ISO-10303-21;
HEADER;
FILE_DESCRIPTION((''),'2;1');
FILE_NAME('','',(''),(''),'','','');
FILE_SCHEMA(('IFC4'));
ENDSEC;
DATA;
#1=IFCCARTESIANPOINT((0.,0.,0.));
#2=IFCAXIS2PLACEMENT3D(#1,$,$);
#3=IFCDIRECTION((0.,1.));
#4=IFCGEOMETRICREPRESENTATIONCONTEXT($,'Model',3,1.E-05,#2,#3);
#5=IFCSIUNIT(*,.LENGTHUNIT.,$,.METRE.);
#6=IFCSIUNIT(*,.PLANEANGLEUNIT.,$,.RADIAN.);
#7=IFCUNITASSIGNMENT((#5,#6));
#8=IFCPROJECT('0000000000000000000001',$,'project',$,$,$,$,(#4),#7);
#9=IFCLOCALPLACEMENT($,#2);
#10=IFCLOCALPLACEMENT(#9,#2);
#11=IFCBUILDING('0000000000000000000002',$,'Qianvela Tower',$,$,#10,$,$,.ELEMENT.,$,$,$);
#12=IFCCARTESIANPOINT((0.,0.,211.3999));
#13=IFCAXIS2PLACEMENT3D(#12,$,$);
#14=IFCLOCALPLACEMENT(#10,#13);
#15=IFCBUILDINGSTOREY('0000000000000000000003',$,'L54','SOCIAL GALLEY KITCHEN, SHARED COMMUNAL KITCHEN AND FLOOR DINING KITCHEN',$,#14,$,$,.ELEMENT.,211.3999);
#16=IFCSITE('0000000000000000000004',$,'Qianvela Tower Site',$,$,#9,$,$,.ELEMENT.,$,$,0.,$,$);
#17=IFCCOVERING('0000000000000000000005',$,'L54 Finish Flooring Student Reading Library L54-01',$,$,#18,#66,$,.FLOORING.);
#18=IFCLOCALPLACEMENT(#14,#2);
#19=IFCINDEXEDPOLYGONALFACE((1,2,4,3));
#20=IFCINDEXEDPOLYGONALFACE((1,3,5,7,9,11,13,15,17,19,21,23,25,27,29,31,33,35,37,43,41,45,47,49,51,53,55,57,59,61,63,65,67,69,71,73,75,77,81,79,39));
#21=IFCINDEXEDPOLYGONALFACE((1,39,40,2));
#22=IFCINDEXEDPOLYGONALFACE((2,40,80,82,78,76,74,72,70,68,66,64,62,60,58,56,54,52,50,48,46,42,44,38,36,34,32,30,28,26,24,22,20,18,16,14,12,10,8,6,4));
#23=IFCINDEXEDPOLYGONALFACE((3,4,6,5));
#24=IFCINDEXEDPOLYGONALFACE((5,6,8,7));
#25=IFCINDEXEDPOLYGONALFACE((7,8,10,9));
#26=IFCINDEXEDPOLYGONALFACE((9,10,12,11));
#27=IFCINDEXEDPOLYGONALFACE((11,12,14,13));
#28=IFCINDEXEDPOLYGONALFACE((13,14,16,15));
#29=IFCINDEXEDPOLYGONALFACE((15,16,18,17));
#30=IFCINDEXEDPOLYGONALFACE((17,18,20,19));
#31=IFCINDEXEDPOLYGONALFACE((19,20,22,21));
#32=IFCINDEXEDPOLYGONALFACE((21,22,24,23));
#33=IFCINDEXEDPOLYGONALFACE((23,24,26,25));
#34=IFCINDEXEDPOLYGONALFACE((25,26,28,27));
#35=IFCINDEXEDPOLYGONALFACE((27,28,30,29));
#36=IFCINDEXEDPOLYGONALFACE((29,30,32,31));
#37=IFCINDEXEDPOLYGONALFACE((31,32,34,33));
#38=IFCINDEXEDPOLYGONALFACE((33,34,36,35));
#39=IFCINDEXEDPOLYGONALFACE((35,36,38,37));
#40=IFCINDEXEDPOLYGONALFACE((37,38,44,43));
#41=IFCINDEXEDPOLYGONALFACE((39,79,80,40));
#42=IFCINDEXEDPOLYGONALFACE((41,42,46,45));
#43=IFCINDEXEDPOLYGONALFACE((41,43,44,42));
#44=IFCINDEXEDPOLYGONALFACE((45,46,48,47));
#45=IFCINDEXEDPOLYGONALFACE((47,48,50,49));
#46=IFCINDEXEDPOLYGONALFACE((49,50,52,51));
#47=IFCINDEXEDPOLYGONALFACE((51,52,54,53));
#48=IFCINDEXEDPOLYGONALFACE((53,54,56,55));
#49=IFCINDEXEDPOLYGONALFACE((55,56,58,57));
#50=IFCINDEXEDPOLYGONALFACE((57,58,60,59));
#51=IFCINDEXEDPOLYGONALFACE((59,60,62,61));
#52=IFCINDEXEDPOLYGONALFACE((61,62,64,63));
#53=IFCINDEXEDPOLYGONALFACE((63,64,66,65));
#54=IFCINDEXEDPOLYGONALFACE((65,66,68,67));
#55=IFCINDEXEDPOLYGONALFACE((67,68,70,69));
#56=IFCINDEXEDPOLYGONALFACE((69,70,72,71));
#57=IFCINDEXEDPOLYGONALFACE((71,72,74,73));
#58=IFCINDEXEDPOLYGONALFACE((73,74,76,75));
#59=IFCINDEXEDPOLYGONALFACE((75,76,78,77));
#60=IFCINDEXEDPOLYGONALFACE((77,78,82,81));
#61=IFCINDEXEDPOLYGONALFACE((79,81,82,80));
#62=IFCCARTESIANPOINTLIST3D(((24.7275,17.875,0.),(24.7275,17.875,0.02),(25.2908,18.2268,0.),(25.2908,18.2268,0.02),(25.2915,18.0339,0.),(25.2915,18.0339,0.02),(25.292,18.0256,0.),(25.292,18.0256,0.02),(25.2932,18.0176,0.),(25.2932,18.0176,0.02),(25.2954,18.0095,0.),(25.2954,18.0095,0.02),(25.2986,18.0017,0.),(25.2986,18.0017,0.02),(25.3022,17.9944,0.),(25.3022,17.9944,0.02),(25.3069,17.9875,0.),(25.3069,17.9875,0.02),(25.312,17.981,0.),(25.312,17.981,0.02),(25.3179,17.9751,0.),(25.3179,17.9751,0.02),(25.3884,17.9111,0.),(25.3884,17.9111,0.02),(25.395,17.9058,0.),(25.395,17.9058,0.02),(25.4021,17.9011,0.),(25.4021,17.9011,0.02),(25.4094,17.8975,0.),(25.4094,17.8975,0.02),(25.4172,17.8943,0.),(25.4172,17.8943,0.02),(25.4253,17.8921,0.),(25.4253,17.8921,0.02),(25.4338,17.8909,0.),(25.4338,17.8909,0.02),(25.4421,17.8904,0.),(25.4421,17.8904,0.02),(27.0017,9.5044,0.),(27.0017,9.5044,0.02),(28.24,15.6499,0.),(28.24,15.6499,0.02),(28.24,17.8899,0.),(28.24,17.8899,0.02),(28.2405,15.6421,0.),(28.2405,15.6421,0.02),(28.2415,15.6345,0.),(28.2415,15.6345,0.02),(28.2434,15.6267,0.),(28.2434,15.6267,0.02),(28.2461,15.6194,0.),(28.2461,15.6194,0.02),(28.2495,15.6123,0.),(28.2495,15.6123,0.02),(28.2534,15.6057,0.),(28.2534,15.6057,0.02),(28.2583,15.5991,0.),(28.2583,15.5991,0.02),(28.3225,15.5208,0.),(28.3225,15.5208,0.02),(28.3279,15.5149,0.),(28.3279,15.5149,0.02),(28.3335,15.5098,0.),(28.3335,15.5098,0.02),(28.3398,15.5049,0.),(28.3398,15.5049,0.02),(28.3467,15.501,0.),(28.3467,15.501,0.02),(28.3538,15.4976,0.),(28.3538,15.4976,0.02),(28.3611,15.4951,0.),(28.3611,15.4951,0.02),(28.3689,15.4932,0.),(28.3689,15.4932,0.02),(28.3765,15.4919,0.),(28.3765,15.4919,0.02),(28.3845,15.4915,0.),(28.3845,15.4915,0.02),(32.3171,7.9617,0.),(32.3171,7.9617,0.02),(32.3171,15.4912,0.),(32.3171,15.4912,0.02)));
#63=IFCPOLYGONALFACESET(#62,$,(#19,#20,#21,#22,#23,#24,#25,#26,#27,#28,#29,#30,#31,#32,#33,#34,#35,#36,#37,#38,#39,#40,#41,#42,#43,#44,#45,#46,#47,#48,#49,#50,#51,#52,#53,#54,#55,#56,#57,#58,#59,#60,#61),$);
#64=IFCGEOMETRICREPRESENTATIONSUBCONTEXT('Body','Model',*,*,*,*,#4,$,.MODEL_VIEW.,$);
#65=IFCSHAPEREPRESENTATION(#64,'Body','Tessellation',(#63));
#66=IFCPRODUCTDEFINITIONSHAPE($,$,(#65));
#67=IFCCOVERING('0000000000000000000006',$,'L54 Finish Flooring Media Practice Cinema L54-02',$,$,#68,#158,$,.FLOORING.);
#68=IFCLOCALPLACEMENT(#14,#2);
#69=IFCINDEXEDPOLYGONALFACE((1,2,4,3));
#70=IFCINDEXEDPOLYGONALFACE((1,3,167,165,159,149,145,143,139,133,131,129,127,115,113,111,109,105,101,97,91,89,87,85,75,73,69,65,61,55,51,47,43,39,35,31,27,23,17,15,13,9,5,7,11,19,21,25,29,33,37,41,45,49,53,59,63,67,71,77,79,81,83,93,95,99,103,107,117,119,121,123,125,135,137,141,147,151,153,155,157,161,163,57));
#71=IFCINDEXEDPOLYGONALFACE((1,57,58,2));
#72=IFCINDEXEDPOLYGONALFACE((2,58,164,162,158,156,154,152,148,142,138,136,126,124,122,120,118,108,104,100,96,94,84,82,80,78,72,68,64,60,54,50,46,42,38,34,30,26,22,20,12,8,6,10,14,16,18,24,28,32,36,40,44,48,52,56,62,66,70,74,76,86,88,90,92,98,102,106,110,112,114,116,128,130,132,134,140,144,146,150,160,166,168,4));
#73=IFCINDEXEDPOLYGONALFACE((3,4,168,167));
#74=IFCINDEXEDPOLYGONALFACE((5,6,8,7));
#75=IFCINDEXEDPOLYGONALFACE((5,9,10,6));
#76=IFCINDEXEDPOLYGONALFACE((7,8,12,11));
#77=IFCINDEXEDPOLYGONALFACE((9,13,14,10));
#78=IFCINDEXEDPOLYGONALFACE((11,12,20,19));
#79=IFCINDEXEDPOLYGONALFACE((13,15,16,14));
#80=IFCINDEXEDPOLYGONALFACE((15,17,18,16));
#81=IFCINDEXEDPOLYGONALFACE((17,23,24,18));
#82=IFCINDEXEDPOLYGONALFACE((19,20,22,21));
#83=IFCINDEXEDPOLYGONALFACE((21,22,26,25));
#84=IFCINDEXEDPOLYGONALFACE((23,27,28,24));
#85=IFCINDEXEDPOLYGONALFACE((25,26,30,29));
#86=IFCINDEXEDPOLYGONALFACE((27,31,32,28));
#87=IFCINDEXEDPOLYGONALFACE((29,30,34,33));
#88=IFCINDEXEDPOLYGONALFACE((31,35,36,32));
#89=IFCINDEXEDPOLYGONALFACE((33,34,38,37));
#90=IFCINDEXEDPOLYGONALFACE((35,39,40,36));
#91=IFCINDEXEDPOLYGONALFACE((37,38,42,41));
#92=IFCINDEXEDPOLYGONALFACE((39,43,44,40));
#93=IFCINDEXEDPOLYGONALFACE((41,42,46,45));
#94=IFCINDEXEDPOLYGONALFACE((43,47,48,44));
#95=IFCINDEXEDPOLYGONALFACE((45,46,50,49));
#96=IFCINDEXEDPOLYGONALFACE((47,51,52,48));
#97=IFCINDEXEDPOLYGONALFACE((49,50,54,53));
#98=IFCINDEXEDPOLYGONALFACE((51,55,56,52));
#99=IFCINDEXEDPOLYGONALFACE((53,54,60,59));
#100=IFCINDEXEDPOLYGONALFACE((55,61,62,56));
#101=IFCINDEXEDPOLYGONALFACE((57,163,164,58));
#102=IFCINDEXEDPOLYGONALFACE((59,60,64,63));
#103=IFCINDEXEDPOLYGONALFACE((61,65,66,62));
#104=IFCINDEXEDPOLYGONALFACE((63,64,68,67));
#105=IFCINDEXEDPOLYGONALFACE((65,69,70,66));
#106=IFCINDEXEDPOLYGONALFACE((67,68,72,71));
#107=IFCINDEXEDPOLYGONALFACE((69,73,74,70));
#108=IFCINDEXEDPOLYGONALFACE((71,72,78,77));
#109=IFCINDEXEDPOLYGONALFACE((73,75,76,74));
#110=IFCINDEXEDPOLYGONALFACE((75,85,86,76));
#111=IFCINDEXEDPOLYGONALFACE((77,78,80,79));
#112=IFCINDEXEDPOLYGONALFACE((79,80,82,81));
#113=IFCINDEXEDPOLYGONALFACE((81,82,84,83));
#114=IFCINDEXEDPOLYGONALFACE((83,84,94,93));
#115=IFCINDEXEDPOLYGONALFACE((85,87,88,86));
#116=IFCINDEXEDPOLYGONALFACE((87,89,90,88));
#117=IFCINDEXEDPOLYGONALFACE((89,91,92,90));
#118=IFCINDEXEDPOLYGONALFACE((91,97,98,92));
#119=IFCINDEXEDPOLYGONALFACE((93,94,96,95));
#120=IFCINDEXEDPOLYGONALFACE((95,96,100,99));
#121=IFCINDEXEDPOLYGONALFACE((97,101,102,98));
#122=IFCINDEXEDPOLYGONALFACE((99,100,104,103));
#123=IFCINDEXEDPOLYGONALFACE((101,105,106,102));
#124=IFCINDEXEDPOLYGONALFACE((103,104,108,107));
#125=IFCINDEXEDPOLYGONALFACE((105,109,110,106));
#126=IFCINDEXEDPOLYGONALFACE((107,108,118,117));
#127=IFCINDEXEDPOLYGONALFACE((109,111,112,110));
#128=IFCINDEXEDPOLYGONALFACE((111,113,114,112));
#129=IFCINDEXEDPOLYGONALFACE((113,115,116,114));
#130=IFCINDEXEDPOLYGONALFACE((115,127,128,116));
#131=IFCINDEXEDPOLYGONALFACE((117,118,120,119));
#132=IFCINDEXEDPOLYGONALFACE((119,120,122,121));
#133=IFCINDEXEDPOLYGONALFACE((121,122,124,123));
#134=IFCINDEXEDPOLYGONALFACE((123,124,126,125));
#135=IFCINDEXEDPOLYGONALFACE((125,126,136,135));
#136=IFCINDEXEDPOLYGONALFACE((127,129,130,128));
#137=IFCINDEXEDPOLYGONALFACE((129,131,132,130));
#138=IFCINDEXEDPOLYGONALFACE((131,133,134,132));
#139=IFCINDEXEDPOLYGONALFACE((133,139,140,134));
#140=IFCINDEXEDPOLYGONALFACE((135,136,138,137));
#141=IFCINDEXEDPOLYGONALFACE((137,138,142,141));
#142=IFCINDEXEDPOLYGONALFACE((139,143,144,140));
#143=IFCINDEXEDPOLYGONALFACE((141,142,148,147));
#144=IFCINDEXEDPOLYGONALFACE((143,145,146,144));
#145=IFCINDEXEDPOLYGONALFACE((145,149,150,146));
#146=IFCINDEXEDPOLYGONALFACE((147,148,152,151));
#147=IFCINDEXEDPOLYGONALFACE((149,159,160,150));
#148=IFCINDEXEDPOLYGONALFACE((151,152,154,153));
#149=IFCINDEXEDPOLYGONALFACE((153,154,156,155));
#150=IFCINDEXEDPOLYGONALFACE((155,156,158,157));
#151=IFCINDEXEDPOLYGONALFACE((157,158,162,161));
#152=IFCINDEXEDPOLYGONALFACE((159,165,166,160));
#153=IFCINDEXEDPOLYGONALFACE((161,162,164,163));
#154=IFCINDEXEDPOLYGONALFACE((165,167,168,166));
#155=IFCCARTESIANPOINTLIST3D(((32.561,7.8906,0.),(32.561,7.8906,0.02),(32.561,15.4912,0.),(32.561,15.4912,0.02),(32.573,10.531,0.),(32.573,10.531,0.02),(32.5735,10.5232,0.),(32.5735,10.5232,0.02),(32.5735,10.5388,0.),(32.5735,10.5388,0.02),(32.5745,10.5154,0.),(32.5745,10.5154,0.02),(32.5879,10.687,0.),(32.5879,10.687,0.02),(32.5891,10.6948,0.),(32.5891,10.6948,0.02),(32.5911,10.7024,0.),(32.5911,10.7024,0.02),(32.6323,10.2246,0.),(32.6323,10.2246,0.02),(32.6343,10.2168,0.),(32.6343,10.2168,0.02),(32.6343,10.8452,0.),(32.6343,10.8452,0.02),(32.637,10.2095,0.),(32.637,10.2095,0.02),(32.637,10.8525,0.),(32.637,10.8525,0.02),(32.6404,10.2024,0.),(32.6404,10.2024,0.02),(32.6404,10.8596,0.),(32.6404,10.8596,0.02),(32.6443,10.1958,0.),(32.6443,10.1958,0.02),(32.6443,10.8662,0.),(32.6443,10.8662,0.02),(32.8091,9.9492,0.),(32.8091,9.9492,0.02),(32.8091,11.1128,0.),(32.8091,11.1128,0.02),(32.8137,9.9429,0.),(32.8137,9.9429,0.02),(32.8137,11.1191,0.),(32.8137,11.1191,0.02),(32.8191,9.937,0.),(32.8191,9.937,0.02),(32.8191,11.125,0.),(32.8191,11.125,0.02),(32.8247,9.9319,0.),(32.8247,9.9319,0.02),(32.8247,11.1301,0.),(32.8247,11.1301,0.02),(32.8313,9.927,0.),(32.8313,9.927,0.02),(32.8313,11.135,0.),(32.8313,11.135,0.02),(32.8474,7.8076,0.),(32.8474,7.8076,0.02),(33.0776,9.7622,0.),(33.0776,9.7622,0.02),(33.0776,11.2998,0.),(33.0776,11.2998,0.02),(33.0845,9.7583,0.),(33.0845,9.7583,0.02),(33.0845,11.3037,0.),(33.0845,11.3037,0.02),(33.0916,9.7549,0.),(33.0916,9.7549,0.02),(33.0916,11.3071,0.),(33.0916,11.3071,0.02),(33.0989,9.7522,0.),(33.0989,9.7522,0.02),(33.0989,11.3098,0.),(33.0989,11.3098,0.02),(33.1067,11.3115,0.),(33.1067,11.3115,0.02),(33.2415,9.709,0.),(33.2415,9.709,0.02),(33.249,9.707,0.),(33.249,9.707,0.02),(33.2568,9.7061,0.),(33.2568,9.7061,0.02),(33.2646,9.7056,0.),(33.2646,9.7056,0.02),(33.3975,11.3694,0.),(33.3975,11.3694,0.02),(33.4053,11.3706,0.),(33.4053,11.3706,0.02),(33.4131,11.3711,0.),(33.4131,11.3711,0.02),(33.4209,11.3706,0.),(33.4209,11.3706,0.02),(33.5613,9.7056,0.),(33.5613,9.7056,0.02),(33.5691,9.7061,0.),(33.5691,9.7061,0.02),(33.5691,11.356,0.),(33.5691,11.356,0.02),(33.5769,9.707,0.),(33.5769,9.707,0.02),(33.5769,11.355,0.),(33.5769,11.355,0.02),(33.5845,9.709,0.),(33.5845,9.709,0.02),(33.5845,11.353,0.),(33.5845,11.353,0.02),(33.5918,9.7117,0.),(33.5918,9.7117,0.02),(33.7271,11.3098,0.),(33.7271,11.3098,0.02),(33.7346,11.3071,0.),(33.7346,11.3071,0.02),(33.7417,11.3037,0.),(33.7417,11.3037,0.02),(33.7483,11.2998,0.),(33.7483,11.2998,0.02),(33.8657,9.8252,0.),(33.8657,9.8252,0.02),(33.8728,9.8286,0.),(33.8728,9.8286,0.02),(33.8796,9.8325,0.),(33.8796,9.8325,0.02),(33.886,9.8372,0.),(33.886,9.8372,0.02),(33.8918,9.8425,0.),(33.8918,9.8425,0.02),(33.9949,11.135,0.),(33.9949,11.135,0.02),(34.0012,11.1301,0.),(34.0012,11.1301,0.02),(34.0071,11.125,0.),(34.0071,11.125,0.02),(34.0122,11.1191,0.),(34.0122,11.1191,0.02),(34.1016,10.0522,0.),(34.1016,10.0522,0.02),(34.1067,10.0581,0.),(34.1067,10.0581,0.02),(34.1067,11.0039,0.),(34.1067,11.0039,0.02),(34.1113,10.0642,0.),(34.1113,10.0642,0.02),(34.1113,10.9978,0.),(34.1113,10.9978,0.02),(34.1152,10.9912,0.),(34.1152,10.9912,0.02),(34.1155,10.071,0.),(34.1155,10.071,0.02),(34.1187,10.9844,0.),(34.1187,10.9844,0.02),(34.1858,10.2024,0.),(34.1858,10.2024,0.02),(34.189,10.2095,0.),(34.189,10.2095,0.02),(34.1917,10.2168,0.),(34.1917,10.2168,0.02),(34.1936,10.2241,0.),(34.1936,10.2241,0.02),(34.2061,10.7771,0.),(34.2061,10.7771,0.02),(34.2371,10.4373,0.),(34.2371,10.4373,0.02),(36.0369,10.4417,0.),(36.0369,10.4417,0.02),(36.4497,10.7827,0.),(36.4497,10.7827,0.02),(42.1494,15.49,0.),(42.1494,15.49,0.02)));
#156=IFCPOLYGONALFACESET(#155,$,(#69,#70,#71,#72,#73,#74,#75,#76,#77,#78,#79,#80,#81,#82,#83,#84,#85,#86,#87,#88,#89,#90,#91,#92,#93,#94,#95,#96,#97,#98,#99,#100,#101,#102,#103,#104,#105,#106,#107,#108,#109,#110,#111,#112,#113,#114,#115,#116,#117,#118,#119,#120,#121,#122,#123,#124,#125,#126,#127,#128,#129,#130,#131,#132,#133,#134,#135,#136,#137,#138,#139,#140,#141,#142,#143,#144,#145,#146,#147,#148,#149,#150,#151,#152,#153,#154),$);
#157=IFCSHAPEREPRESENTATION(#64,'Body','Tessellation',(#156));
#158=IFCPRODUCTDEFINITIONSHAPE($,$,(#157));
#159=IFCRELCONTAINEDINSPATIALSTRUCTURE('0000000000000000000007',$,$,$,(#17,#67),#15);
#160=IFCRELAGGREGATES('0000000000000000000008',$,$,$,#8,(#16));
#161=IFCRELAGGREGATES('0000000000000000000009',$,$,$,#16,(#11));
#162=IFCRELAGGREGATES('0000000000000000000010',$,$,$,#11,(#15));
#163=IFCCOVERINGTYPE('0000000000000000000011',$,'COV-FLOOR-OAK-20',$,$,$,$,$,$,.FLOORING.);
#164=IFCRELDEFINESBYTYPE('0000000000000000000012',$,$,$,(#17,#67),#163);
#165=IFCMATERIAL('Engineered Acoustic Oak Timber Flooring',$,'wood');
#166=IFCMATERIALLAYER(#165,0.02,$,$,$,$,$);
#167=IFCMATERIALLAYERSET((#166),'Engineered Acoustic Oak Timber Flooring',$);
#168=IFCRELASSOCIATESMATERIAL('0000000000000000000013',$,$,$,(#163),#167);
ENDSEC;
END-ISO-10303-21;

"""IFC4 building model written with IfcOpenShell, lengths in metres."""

from ifc_helpers import new_model, si_unit, direction, frame, origin, place, context, subcontext, project, spatial, polyline, outline, extrude, material, layer, layer_set, type_object, element, save


model = new_model("IFC4")

# Units and contexts
model_context = context("Model", 3, precision=1e-05, world=origin(), true_north=direction((0.0, 1.0)))
body_context = subcontext(model_context, "Body", "Model", "MODEL_VIEW")
ifc_project = project(units=[si_unit("LENGTHUNIT", "METRE"), si_unit("PLANEANGLEUNIT", "RADIAN")], contexts=[model_context])

# Site, building, storey
site_placement = place(None, origin())
site = spatial("IfcSite", under=ifc_project, at=site_placement, Name="Qianvela Tower Site", CompositionType="ELEMENT", RefElevation=0.0)
building_placement = place(site_placement, origin())
building = spatial("IfcBuilding", under=site, at=building_placement, Name="Qianvela Tower", CompositionType="ELEMENT")
storey_placement = place(building_placement, frame((0.0, 0.0, 211.3999)))
storey = spatial("IfcBuildingStorey", under=building, at=storey_placement, Name="L54", Description="SOCIAL GALLEY KITCHEN, SHARED COMMUNAL KITCHEN AND FLOOR DINING KITCHEN", CompositionType="ELEMENT", Elevation=211.3999)

# Coverings
ifc_material_1 = material(Name="Engineered Acoustic Oak Timber Flooring", Category="wood")
ifc_layer_1 = layer(ifc_material_1, 0.02)
ifc_layer_set_1 = layer_set([ifc_layer_1], Name="Engineered Acoustic Oak Timber Flooring")
covering_type_1 = type_object("IfcCoveringType", Name="COV-FLOOR-OAK-20", PredefinedType="FLOORING", material=ifc_layer_set_1)
covering_1_placement = place(storey_placement, origin())
element("IfcCovering", 1, at=covering_1_placement, inside=storey, type_object=covering_type_1, Name="L54 Finish Flooring Student Reading Library L54-01", PredefinedType="FLOORING", context=body_context, shape_type="SweptSolid", body=[
    extrude(outline(polyline([(25.2908, 18.2268), (25.2915, 18.0339), (25.292, 18.0256), (25.2932, 18.0176), (25.2954, 18.0095), (25.2986, 18.0017), (25.3022, 17.9944), (25.3069, 17.9875), (25.312, 17.981), (25.3179, 17.9751), (25.3884, 17.9111), (25.395, 17.9058), (25.4021, 17.9011), (25.4094, 17.8975), (25.4172, 17.8943), (25.4253, 17.8921), (25.4338, 17.8909), (25.4421, 17.8904), (28.24, 17.8899), (28.24, 15.6499), (28.2405, 15.6421), (28.2415, 15.6345), (28.2434, 15.6267), (28.2461, 15.6194), (28.2495, 15.6123), (28.2534, 15.6057), (28.2583, 15.5991), (28.3225, 15.5208), (28.3279, 15.5149), (28.3335, 15.5098), (28.3398, 15.5049), (28.3467, 15.501), (28.3538, 15.4976), (28.3611, 15.4951), (28.3689, 15.4932), (28.3765, 15.4919), (28.3845, 15.4915), (32.3171, 15.4912), (32.3171, 7.9617), (27.0017, 9.5044), (24.7275, 17.875), (25.2908, 18.2268)])), origin(), (0.0, 0.0, 1.0), 0.02),
])
covering_2_placement = place(storey_placement, origin())
element("IfcCovering", 2, at=covering_2_placement, inside=storey, type_object=covering_type_1, Name="L54 Finish Flooring Media Practice Cinema L54-02", PredefinedType="FLOORING", context=body_context, shape_type="SweptSolid", body=[
    extrude(outline(polyline([(32.561, 15.4912), (42.1494, 15.49), (36.4497, 10.7827), (34.2061, 10.7771), (34.1187, 10.9844), (34.1152, 10.9912), (34.1113, 10.9978), (34.1067, 11.0039), (34.0122, 11.1191), (34.0071, 11.125), (34.0012, 11.1301), (33.9949, 11.135), (33.7483, 11.2998), (33.7417, 11.3037), (33.7346, 11.3071), (33.7271, 11.3098), (33.5845, 11.353), (33.5769, 11.355), (33.5691, 11.356), (33.4209, 11.3706), (33.4131, 11.3711), (33.4053, 11.3706), (33.3975, 11.3694), (33.1067, 11.3115), (33.0989, 11.3098), (33.0916, 11.3071), (33.0845, 11.3037), (33.0776, 11.2998), (32.8313, 11.135), (32.8247, 11.1301), (32.8191, 11.125), (32.8137, 11.1191), (32.8091, 11.1128), (32.6443, 10.8662), (32.6404, 10.8596), (32.637, 10.8525), (32.6343, 10.8452), (32.5911, 10.7024), (32.5891, 10.6948), (32.5879, 10.687), (32.5735, 10.5388), (32.573, 10.531), (32.5735, 10.5232), (32.5745, 10.5154), (32.6323, 10.2246), (32.6343, 10.2168), (32.637, 10.2095), (32.6404, 10.2024), (32.6443, 10.1958), (32.8091, 9.9492), (32.8137, 9.9429), (32.8191, 9.937), (32.8247, 9.9319), (32.8313, 9.927), (33.0776, 9.7622), (33.0845, 9.7583), (33.0916, 9.7549), (33.0989, 9.7522), (33.2415, 9.709), (33.249, 9.707), (33.2568, 9.7061), (33.2646, 9.7056), (33.5613, 9.7056), (33.5691, 9.7061), (33.5769, 9.707), (33.5845, 9.709), (33.5918, 9.7117), (33.8657, 9.8252), (33.8728, 9.8286), (33.8796, 9.8325), (33.886, 9.8372), (33.8918, 9.8425), (34.1016, 10.0522), (34.1067, 10.0581), (34.1113, 10.0642), (34.1155, 10.071), (34.1858, 10.2024), (34.189, 10.2095), (34.1917, 10.2168), (34.1936, 10.2241), (34.2371, 10.4373), (36.0369, 10.4417), (32.8474, 7.8076), (32.561, 7.8906), (32.561, 15.4912)])), origin(), (0.0, 0.0, 1.0), 0.02),
])

save(model, "model.ifc")
